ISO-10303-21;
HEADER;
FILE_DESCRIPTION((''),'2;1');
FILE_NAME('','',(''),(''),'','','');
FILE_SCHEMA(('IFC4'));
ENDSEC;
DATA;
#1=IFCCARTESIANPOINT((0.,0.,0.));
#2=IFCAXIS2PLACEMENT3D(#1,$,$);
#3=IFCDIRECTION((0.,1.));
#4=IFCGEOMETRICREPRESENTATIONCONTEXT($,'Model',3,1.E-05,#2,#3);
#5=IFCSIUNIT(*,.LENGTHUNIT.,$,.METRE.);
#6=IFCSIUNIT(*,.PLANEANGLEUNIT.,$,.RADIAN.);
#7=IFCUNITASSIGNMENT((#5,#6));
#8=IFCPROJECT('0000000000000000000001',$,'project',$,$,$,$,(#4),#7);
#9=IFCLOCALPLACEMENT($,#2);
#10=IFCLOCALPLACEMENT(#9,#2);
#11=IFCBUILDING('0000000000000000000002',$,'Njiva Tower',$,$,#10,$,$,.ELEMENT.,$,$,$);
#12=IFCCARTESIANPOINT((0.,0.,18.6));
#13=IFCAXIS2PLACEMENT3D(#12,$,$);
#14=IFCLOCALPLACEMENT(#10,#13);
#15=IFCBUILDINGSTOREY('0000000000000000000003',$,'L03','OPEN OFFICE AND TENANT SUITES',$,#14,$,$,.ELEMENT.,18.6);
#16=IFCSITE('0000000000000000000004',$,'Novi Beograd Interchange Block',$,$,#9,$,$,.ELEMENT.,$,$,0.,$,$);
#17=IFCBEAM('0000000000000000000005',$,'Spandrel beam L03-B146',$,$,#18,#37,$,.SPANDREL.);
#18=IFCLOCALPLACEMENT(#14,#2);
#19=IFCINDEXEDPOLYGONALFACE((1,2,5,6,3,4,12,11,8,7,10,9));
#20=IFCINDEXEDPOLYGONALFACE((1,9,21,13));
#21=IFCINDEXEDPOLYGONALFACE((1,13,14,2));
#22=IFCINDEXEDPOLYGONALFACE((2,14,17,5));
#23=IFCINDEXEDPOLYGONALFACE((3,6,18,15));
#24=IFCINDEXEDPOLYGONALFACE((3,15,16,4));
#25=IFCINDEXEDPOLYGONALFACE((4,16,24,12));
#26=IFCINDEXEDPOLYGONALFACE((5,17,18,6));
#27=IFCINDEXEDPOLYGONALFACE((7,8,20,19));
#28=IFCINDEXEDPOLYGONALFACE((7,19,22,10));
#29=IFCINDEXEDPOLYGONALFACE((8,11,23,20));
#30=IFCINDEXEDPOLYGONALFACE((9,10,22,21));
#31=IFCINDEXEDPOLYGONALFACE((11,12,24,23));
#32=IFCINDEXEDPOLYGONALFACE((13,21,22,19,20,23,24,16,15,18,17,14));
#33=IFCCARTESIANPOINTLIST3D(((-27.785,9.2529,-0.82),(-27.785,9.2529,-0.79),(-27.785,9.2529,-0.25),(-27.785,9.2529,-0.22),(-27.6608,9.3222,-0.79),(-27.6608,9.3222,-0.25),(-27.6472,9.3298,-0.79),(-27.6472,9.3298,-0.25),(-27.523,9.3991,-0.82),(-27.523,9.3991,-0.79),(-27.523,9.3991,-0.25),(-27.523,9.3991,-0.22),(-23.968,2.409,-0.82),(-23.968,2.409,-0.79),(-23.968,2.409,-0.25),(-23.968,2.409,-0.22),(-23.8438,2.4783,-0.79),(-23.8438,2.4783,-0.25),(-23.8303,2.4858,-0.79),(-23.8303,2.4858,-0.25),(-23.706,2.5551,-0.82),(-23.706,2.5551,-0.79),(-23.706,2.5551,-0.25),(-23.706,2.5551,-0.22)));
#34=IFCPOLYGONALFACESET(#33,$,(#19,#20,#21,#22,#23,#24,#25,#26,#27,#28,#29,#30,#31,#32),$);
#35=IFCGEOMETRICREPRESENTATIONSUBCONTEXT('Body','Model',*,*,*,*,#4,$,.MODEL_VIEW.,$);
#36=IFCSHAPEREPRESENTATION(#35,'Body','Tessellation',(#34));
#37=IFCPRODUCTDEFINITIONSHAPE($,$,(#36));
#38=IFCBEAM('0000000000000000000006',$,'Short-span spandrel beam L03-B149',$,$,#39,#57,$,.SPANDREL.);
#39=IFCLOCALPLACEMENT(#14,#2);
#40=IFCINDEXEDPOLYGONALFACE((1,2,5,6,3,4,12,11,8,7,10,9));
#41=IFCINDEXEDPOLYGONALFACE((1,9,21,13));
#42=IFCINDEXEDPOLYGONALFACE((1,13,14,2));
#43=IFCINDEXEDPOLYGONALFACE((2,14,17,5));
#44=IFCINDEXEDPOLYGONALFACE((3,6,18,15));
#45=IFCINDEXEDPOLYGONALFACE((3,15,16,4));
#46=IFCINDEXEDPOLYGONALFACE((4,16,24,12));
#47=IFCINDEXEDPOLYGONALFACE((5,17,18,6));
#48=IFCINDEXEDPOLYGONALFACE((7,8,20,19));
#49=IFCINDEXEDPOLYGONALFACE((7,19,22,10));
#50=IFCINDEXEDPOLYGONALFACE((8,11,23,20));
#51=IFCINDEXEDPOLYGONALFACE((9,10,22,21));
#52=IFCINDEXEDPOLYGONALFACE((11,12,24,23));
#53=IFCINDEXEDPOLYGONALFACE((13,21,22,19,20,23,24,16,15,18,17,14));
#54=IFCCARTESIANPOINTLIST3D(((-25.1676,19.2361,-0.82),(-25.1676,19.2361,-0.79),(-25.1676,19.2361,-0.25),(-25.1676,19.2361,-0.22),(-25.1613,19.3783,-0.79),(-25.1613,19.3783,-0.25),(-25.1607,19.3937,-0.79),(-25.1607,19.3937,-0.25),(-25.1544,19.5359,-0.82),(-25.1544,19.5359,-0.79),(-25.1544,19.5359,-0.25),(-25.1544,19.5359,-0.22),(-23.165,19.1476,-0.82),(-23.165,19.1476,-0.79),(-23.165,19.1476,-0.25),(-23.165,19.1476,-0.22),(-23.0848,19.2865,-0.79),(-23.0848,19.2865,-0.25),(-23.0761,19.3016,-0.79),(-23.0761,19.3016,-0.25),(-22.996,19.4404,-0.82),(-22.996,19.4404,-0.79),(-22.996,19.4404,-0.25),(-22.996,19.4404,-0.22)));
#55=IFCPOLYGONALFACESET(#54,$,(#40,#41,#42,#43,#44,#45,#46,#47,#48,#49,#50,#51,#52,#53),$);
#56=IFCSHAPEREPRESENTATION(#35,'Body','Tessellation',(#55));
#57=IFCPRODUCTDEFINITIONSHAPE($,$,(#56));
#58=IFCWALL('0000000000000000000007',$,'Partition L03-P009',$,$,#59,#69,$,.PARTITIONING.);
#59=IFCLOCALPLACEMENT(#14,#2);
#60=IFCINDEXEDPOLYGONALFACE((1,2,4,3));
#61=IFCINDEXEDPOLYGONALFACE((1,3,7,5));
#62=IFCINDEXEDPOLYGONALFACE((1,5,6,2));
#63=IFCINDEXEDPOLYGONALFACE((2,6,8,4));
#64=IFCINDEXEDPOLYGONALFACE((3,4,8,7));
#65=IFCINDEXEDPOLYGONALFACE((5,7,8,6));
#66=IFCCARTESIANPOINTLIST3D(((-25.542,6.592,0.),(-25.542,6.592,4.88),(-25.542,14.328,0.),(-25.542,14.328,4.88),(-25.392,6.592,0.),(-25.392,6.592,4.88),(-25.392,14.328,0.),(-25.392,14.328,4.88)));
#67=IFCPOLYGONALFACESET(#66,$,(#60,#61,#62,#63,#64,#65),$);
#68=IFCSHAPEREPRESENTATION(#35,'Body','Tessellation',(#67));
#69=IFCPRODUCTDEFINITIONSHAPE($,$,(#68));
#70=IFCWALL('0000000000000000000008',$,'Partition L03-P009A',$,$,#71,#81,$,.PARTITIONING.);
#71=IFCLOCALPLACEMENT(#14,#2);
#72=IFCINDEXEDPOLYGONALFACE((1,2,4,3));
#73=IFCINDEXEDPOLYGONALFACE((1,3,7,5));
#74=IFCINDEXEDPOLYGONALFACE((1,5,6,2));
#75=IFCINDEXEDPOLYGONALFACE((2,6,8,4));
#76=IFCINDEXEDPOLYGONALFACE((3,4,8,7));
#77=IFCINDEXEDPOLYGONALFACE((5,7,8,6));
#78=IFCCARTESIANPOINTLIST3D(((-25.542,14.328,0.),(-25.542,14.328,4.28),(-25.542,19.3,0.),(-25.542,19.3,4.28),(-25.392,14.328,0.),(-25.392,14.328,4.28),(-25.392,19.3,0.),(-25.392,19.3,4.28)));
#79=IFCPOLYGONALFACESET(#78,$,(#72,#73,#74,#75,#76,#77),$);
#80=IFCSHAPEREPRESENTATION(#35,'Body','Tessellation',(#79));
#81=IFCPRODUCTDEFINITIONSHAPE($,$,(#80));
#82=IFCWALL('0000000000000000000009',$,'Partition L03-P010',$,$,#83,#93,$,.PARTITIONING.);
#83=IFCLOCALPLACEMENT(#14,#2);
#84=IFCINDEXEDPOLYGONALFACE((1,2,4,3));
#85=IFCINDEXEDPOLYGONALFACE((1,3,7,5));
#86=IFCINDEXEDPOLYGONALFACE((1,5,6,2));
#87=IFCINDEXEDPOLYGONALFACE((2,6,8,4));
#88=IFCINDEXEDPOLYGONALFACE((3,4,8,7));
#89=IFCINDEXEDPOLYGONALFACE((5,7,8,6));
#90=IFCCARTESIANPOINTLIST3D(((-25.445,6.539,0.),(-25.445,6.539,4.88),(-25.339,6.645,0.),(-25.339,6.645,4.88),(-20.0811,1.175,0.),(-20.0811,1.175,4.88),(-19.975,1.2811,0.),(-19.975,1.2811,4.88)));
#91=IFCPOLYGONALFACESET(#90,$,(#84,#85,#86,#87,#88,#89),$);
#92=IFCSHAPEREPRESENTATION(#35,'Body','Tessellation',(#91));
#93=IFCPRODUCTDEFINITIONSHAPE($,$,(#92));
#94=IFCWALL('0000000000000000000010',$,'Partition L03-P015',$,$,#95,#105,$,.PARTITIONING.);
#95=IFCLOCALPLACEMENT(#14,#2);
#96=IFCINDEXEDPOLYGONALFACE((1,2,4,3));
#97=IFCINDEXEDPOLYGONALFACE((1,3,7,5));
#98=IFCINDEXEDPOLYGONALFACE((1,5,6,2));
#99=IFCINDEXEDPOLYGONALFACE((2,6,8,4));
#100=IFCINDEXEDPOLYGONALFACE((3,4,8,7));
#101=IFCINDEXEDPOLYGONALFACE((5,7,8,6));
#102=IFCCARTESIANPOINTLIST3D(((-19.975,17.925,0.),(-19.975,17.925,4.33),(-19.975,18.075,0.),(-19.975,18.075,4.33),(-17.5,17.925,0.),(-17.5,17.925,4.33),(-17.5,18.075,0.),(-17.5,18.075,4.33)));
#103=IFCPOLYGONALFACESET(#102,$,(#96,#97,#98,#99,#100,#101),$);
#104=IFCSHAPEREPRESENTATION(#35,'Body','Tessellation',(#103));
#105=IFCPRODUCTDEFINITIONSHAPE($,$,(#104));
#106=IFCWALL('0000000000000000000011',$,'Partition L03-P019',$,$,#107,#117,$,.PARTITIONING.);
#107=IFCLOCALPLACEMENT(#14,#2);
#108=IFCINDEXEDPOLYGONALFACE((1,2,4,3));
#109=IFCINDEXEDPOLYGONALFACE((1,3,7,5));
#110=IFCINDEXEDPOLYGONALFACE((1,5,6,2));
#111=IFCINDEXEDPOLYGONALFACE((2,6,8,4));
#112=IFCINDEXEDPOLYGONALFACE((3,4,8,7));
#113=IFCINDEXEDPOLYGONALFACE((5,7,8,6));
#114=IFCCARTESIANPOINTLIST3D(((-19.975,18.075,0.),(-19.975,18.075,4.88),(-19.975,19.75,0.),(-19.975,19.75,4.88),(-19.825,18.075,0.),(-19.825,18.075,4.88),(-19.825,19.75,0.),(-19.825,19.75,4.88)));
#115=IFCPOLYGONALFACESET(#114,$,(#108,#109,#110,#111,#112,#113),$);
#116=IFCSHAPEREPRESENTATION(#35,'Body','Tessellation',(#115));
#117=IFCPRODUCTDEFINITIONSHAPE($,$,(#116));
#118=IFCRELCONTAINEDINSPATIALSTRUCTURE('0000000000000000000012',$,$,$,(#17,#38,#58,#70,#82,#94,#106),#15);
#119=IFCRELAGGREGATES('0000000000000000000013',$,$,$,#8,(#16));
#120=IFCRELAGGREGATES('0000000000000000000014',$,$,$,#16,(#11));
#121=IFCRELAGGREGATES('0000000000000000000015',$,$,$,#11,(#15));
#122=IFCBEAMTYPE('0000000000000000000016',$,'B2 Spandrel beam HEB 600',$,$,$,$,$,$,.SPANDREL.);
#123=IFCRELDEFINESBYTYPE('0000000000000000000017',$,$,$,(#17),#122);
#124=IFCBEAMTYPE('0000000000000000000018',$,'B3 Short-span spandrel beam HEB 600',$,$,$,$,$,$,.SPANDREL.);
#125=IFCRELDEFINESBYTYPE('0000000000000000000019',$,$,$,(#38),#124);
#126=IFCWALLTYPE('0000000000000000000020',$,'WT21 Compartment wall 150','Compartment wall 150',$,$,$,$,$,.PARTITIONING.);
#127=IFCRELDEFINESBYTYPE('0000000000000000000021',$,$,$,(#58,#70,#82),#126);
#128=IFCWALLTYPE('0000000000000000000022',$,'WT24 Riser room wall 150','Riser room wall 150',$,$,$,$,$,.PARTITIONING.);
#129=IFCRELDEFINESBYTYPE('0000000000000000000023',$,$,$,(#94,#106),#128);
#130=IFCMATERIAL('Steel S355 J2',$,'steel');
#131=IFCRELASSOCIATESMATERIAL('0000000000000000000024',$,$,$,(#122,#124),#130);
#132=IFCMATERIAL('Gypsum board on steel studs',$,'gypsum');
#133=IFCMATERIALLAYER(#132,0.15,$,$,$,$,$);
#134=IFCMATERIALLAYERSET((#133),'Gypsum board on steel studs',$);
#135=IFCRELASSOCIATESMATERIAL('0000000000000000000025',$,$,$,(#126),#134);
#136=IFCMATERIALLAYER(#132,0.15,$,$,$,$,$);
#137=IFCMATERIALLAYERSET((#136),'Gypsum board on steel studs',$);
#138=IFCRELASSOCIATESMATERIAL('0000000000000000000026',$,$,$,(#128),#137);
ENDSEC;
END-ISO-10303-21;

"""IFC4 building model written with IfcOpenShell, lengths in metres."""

from ifc_helpers import new_model, si_unit, direction, frame, frame_2d, origin, origin_2d, place, context, subcontext, project, spatial, rectangle, i_section, extrude, clip, halfspace, material, layer, layer_set, material_profile, profile_set, type_object, element, save


model = new_model("IFC4")

# Units and contexts
model_context = context("Model", 3, precision=1e-05, world=origin(), true_north=direction((0.0, 1.0)))
body_context = subcontext(model_context, "Body", "Model", "MODEL_VIEW")
ifc_project = project(units=[si_unit("LENGTHUNIT", "METRE"), si_unit("PLANEANGLEUNIT", "RADIAN")], contexts=[model_context])

# Site, building, storey
site_placement = place(None, origin())
site = spatial("IfcSite", under=ifc_project, at=site_placement, Name="Novi Beograd Interchange Block", CompositionType="ELEMENT", RefElevation=0.0)
building_placement = place(site_placement, origin())
building = spatial("IfcBuilding", under=site, at=building_placement, Name="Njiva Tower", CompositionType="ELEMENT")
storey_placement = place(building_placement, frame((0.0, 0.0, 18.6)))
storey = spatial("IfcBuildingStorey", under=building, at=storey_placement, Name="L03", Description="OPEN OFFICE AND TENANT SUITES", CompositionType="ELEMENT", Elevation=18.6)

# Shared definitions
ifc_material_1 = material(Name="Steel S355 J2", Category="steel")

# Beams
ifc_material_profile_1 = material_profile(ifc_material_1, i_section(OverallWidth=0.3, OverallDepth=0.6, WebThickness=0.0155, FlangeThickness=0.03, at=origin_2d()), Name="HEB 600")
ifc_profile_set_1 = profile_set([ifc_material_profile_1], Name="Steel S355 J2")
beam_type_1 = type_object("IfcBeamType", Name="B2 Spandrel beam HEB 600", PredefinedType="SPANDREL", material=ifc_profile_set_1)
beam_1_placement = place(storey_placement, frame((-27.654, 9.326, -0.52), z_axis=(0.487083, -0.873356, 0.0), x_axis=(0.873356, 0.487083, 0.0)))
element("IfcBeam", 1, at=beam_1_placement, inside=storey, type_object=beam_type_1, Name="Spandrel beam L03-B146", PredefinedType="SPANDREL", context=body_context, shape_type="SweptSolid", body=[
    extrude(i_section(OverallWidth=0.3, OverallDepth=0.6, WebThickness=0.0155, FlangeThickness=0.03, at=origin_2d()), origin(), (0.0, 0.0, 1.0), 7.8364),
])
ifc_material_profile_2 = material_profile(ifc_material_1, i_section(OverallWidth=0.3, OverallDepth=0.6, WebThickness=0.0155, FlangeThickness=0.03, at=origin_2d()), Name="HEB 600")
ifc_profile_set_2 = profile_set([ifc_material_profile_2], Name="Steel S355 J2")
beam_type_2 = type_object("IfcBeamType", Name="B3 Short-span spandrel beam HEB 600", PredefinedType="SPANDREL", material=ifc_profile_set_2)
beam_2_placement = place(storey_placement, frame((-25.161, 19.386, -0.52), z_axis=(0.999024, -0.044166, 0.0), x_axis=(0.044166, 0.999024, 0.0)))
element("IfcBeam", 2, at=beam_2_placement, inside=storey, type_object=beam_type_2, Name="Short-span spandrel beam L03-B149", PredefinedType="SPANDREL", context=body_context, shape_type="Clipping", body=[
    clip(extrude(i_section(OverallWidth=0.3, OverallDepth=0.6, WebThickness=0.0155, FlangeThickness=0.03, at=origin_2d()), origin(), (0.0, 0.0, 1.0), 2.181), halfspace(frame((-0.0228, 0.0, 2.0707), z_axis=(-0.461261, 0.0, 0.887265), x_axis=(0.0, 1.0, 0.0)), False)),
])

# Walls
ifc_material_2 = material(Name="Gypsum board on steel studs", Category="gypsum")
ifc_layer_1 = layer(ifc_material_2, 0.15)
ifc_layer_set_1 = layer_set([ifc_layer_1], Name="Gypsum board on steel studs")
wall_type_1 = type_object("IfcWallType", Name="WT21 Compartment wall 150", Description="Compartment wall 150", PredefinedType="PARTITIONING", material=ifc_layer_set_1)
wall_1_placement = place(storey_placement, frame((-25.467, 6.592, 0.0), z_axis=(0.0, 0.0, 1.0), x_axis=(0.0, 1.0, 0.0)))
element("IfcWall", 3, at=wall_1_placement, inside=storey, type_object=wall_type_1, Name="Partition L03-P009", PredefinedType="PARTITIONING", context=body_context, shape_type="SweptSolid", body=[
    extrude(rectangle(XDim=7.736, YDim=0.15, at=frame_2d((3.868, 0.0))), origin(), (0.0, 0.0, 1.0), 4.88),
])
wall_2_placement = place(storey_placement, frame((-25.467, 14.328, 0.0), z_axis=(0.0, 0.0, 1.0), x_axis=(0.0, 1.0, 0.0)))
element("IfcWall", 4, at=wall_2_placement, inside=storey, type_object=wall_type_1, Name="Partition L03-P009A", PredefinedType="PARTITIONING", context=body_context, shape_type="SweptSolid", body=[
    extrude(rectangle(XDim=4.972, YDim=0.15, at=frame_2d((2.486, 0.0))), origin(), (0.0, 0.0, 1.0), 4.28),
])
wall_3_placement = place(storey_placement, frame((-25.392, 6.592, 0.0), z_axis=(0.0, 0.0, 1.0), x_axis=(0.707107, -0.707107, 0.0)))
element("IfcWall", 5, at=wall_3_placement, inside=storey, type_object=wall_type_1, Name="Partition L03-P010", PredefinedType="PARTITIONING", context=body_context, shape_type="SweptSolid", body=[
    extrude(rectangle(XDim=7.5858, YDim=0.15, at=frame_2d((3.7929, 0.0))), origin(), (0.0, 0.0, 1.0), 4.88),
])
ifc_layer_2 = layer(ifc_material_2, 0.15)
ifc_layer_set_2 = layer_set([ifc_layer_2], Name="Gypsum board on steel studs")
wall_type_2 = type_object("IfcWallType", Name="WT24 Riser room wall 150", Description="Riser room wall 150", PredefinedType="PARTITIONING", material=ifc_layer_set_2)
wall_4_placement = place(storey_placement, frame((-19.975, 18.0, 0.0), z_axis=(0.0, 0.0, 1.0), x_axis=(1.0, 0.0, 0.0)))
element("IfcWall", 6, at=wall_4_placement, inside=storey, type_object=wall_type_2, Name="Partition L03-P015", PredefinedType="PARTITIONING", context=body_context, shape_type="SweptSolid", body=[
    extrude(rectangle(XDim=2.475, YDim=0.15, at=frame_2d((1.2375, 0.0))), origin(), (0.0, 0.0, 1.0), 4.33),
])
wall_5_placement = place(storey_placement, frame((-19.9, 18.075, 0.0), z_axis=(0.0, 0.0, 1.0), x_axis=(0.0, 1.0, 0.0)))
element("IfcWall", 7, at=wall_5_placement, inside=storey, type_object=wall_type_2, Name="Partition L03-P019", PredefinedType="PARTITIONING", context=body_context, shape_type="SweptSolid", body=[
    extrude(rectangle(XDim=1.675, YDim=0.15, at=frame_2d((0.8375, 0.0))), origin(), (0.0, 0.0, 1.0), 4.88),
])

save(model, "model.ifc")
